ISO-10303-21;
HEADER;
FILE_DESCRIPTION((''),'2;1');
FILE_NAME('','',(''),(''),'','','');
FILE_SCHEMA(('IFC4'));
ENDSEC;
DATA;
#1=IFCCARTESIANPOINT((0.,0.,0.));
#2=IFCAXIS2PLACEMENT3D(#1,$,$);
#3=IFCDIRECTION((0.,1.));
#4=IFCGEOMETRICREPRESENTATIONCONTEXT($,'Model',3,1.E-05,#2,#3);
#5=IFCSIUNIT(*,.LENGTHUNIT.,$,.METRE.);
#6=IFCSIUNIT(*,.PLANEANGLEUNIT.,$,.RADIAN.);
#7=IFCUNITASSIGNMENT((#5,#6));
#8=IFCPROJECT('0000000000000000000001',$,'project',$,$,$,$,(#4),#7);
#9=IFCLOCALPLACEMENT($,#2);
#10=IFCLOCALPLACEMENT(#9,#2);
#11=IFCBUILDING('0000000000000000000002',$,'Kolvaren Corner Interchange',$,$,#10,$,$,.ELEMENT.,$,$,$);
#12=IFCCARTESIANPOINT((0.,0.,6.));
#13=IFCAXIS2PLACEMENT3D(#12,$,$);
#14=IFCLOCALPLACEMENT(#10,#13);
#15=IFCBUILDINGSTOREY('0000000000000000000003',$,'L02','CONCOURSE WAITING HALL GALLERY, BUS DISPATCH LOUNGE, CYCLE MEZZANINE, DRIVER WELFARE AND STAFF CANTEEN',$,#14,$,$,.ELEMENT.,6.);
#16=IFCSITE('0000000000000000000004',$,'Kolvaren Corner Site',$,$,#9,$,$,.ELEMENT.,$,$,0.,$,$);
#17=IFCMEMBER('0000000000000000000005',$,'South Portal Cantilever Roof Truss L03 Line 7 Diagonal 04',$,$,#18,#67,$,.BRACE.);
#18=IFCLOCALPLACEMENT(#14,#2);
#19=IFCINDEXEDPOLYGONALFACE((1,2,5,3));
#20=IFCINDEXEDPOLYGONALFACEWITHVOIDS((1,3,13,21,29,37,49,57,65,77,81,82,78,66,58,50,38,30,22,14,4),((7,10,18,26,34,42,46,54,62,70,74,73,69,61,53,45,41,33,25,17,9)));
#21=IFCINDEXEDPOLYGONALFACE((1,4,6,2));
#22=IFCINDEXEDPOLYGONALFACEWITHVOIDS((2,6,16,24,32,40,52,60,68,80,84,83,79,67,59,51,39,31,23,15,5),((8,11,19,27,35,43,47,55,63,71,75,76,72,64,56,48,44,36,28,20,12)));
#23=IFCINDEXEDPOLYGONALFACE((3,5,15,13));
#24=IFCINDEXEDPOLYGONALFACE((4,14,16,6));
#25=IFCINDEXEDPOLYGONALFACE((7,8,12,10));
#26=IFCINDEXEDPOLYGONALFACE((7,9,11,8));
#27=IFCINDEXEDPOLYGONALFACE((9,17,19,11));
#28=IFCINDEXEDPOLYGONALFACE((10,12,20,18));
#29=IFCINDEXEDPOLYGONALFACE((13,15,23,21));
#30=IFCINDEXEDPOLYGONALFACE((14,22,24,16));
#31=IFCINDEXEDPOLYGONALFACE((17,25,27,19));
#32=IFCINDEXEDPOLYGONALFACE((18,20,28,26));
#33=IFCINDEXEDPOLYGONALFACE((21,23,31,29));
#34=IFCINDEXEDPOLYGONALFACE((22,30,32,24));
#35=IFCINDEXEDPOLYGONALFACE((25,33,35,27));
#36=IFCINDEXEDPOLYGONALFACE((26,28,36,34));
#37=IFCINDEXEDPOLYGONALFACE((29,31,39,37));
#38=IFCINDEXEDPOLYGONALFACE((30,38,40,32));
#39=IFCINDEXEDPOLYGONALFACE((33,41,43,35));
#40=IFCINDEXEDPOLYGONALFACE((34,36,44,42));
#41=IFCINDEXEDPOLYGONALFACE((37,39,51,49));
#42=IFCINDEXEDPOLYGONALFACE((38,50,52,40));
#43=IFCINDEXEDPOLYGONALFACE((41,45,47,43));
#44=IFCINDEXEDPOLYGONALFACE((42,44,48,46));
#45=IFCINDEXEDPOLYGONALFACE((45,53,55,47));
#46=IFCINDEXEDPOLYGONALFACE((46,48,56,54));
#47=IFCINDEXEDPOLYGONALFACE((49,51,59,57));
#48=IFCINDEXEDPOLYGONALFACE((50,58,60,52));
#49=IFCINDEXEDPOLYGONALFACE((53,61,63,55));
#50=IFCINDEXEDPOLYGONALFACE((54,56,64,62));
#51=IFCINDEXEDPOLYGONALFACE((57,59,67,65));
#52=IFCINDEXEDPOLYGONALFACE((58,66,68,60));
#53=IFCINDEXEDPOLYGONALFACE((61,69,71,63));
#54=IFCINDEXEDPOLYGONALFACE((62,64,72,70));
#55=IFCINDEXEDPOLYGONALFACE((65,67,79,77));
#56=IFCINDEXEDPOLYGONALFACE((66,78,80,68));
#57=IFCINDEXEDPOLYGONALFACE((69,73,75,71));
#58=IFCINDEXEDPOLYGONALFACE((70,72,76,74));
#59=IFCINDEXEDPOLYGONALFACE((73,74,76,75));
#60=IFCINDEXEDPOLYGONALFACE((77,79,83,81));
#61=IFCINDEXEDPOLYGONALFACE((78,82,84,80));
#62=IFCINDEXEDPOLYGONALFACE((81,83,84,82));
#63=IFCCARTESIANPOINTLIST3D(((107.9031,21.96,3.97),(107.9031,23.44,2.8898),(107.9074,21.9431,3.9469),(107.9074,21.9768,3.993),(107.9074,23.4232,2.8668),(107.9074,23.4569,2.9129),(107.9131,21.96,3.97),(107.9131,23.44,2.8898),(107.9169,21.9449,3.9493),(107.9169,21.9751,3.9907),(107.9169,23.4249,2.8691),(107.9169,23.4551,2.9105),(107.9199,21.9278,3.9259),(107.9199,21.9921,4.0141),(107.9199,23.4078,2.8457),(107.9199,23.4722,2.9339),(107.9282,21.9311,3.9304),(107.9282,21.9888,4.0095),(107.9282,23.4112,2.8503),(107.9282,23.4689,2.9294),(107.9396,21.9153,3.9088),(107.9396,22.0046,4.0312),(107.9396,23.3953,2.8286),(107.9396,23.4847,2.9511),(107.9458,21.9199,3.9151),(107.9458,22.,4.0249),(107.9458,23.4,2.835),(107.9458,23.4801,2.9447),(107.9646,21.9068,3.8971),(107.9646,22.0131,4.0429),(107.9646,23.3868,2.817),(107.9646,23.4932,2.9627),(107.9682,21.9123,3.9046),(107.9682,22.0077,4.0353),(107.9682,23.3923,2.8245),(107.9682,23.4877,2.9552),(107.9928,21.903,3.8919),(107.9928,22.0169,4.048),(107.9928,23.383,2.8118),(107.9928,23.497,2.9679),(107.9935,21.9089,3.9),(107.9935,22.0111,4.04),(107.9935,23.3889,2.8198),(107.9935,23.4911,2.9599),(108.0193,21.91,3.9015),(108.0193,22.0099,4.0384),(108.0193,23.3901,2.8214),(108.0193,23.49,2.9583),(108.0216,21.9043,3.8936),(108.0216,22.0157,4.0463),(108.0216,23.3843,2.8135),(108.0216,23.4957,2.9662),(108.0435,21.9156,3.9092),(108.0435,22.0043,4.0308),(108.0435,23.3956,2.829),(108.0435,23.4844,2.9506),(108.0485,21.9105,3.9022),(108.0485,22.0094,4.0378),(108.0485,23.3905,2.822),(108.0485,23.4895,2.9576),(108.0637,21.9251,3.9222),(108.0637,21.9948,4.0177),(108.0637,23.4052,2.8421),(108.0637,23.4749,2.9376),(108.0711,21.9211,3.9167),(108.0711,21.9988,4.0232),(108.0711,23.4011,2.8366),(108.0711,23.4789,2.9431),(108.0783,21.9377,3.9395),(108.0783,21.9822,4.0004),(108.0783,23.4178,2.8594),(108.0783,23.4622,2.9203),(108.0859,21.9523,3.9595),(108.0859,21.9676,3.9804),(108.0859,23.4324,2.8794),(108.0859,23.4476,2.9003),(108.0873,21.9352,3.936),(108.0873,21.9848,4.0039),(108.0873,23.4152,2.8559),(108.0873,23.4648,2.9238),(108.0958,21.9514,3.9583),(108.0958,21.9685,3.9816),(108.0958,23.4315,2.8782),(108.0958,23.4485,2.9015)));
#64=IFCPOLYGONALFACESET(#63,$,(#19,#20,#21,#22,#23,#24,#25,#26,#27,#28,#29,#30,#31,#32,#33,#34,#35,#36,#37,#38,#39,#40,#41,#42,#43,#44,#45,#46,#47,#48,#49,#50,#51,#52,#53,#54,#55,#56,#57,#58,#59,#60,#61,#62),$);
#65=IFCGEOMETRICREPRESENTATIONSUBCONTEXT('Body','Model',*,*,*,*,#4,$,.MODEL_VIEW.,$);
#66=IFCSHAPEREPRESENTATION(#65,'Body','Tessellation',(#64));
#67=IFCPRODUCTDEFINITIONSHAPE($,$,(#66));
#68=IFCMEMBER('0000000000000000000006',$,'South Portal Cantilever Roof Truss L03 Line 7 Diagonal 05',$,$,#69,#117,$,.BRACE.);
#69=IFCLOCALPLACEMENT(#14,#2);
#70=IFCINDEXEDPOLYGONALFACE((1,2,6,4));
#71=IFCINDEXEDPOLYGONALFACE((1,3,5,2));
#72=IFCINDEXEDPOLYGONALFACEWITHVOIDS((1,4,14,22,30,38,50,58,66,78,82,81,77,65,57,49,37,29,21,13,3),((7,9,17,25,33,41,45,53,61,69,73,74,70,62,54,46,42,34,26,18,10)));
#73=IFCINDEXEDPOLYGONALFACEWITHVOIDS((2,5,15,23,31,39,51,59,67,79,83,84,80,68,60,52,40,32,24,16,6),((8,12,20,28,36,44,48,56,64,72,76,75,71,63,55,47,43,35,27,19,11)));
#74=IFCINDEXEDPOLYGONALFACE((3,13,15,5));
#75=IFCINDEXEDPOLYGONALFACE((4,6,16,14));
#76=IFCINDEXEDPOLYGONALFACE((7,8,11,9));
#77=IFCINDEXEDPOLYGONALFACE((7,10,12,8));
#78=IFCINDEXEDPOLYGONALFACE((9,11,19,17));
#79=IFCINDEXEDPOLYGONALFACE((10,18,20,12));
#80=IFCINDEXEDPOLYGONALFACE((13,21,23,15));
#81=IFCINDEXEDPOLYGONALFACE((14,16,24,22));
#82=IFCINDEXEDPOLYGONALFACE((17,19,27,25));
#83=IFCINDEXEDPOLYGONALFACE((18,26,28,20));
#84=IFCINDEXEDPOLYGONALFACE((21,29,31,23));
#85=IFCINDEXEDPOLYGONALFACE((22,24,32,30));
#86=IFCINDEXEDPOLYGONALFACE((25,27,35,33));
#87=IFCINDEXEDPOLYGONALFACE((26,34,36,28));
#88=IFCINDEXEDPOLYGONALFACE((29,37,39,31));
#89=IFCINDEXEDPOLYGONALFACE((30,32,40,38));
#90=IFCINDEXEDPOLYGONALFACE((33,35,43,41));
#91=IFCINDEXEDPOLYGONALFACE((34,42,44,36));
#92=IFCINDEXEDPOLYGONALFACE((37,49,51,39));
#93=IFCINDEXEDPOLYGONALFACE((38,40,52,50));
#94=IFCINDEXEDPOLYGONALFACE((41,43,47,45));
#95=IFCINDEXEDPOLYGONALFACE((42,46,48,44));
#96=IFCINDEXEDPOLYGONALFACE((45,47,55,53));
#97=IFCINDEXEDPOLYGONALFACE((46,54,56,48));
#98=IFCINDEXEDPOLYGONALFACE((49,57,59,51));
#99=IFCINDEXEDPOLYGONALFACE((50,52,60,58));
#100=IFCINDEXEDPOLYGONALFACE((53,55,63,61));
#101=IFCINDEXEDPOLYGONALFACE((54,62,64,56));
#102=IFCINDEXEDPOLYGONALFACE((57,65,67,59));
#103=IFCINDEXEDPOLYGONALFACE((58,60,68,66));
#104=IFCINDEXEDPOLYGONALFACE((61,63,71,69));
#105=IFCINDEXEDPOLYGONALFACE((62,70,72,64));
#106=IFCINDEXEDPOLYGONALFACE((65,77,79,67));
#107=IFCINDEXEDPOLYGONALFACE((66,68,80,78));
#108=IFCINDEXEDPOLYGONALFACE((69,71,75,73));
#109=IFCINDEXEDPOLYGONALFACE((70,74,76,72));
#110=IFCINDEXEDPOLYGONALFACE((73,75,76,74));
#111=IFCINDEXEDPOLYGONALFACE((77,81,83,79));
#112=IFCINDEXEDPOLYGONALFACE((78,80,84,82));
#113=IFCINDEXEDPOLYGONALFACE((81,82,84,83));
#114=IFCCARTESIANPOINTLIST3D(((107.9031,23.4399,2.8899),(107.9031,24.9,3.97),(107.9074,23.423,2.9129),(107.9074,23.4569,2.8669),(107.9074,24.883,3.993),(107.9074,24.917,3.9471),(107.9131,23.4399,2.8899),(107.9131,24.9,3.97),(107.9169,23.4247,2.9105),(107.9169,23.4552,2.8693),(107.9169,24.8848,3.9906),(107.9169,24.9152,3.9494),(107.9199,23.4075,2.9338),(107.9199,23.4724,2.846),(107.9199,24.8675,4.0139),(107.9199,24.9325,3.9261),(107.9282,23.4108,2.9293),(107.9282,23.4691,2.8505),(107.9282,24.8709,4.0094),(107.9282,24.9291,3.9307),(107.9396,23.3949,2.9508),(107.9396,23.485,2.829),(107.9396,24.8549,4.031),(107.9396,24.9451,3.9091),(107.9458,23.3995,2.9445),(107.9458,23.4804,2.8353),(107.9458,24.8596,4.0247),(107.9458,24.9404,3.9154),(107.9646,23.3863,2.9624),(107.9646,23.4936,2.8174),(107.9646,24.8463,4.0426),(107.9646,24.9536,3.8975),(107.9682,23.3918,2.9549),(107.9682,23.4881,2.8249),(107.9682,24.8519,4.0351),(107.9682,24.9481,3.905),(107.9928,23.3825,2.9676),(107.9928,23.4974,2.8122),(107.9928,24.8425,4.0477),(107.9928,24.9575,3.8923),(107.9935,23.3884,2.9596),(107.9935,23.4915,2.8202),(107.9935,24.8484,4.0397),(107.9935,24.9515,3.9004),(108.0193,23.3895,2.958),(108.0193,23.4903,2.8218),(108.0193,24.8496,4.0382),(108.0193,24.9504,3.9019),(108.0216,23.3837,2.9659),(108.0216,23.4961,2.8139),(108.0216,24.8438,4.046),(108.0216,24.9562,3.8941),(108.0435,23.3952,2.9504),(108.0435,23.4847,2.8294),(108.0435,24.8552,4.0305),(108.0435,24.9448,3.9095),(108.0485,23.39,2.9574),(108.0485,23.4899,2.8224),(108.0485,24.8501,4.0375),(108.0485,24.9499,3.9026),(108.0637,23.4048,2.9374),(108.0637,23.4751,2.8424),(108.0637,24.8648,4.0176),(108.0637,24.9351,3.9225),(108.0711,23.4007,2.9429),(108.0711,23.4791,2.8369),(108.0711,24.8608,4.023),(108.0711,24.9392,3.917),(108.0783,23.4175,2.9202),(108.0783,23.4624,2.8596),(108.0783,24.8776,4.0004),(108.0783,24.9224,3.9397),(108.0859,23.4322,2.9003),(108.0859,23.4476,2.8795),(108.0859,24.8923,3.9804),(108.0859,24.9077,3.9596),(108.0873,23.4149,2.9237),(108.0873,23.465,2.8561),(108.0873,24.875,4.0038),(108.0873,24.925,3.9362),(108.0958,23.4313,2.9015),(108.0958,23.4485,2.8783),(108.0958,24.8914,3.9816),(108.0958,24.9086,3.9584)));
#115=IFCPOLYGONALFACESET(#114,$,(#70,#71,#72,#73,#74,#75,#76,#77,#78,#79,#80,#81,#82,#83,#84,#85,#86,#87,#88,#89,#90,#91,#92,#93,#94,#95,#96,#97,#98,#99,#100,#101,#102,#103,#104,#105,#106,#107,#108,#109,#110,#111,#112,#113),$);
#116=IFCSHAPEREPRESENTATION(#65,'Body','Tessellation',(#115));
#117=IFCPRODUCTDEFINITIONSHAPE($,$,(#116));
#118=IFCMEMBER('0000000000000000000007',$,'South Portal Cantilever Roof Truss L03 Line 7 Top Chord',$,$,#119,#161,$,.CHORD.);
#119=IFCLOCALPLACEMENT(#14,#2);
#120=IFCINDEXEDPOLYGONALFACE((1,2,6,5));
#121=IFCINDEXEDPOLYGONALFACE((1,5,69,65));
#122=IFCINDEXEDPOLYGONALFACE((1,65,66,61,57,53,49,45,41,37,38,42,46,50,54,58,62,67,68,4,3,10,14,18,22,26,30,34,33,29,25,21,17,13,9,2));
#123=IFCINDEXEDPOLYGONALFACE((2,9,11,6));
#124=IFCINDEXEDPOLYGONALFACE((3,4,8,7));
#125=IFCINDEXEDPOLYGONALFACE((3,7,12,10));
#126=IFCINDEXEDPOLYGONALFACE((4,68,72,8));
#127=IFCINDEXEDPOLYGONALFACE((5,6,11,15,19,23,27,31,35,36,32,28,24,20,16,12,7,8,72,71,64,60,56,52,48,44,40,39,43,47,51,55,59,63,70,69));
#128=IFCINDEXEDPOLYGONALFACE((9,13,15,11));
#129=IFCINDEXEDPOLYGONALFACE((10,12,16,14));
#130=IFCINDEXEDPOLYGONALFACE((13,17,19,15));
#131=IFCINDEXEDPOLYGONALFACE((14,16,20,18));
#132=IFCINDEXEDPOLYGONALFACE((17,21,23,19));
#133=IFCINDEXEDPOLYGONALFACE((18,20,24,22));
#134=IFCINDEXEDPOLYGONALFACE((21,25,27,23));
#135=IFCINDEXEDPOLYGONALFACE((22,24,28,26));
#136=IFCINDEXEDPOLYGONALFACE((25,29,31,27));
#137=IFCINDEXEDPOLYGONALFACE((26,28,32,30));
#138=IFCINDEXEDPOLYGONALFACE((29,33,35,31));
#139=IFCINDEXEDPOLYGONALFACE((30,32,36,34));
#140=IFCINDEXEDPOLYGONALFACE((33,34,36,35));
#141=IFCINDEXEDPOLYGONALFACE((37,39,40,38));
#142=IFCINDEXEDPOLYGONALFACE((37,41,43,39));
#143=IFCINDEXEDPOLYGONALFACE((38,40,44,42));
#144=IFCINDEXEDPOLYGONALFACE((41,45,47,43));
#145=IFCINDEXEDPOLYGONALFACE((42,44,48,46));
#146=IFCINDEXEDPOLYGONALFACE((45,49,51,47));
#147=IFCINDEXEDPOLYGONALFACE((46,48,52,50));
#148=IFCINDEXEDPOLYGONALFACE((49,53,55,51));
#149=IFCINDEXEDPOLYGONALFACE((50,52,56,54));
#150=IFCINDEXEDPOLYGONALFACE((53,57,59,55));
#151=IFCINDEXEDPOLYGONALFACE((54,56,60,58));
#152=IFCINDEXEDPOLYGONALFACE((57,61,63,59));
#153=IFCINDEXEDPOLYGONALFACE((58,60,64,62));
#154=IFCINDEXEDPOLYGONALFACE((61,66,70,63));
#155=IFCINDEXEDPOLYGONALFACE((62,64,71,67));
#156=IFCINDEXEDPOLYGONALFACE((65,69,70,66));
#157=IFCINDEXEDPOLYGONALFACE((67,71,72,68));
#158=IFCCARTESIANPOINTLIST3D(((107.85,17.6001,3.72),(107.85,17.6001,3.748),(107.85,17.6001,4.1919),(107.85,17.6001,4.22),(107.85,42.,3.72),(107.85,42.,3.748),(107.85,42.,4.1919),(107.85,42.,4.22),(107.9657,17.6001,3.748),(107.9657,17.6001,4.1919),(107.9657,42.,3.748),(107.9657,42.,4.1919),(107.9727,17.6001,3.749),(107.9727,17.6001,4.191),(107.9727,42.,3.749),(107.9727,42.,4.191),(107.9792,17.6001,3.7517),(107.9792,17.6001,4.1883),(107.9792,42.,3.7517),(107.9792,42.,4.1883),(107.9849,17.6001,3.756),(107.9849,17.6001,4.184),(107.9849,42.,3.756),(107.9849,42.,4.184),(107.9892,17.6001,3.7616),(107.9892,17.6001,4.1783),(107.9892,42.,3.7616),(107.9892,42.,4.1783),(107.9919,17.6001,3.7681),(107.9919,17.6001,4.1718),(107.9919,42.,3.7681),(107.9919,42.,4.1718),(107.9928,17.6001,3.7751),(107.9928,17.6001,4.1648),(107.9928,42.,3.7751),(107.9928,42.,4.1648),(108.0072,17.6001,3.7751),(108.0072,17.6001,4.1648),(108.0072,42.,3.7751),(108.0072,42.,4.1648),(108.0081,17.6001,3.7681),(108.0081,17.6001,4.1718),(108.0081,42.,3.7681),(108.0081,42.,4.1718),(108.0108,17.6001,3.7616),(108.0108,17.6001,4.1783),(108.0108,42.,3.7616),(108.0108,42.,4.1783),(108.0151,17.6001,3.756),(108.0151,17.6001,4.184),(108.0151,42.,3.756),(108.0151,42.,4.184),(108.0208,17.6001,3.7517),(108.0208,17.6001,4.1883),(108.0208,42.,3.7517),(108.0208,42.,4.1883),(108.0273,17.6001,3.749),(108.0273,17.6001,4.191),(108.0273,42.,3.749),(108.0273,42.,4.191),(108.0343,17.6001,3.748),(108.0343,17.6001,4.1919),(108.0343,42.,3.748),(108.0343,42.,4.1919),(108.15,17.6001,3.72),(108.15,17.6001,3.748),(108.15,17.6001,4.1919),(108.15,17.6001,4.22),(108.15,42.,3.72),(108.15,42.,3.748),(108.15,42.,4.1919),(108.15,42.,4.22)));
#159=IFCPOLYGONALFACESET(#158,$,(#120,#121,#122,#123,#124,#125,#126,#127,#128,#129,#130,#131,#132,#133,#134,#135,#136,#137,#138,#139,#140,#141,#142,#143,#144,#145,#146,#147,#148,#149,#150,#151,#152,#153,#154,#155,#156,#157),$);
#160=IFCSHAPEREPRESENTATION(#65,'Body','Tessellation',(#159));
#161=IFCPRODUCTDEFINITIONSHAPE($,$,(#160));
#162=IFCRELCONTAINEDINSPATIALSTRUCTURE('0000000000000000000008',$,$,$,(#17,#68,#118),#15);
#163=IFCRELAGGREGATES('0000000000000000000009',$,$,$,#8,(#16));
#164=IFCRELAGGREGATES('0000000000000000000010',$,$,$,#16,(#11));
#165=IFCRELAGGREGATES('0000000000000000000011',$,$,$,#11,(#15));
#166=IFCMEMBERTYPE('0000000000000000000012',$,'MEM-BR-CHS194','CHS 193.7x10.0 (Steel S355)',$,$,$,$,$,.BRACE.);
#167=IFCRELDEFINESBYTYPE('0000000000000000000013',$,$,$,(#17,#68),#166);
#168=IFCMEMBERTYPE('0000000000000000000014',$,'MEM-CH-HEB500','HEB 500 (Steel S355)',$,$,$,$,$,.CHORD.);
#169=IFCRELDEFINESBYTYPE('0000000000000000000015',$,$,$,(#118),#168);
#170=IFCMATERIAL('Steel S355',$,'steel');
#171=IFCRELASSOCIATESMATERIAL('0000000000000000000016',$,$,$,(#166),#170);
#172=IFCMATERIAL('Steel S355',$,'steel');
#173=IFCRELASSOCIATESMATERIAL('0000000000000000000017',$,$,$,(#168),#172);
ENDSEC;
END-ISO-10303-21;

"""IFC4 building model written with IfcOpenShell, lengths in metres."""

from ifc_helpers import new_model, si_unit, direction, frame, origin, origin_2d, place, context, subcontext, project, spatial, hollow_circle, i_section, extrude, material, material_profile, profile_set, type_object, element, save


model = new_model("IFC4")

# Units and contexts
model_context = context("Model", 3, precision=1e-05, world=origin(), true_north=direction((0.0, 1.0)))
body_context = subcontext(model_context, "Body", "Model", "MODEL_VIEW")
ifc_project = project(units=[si_unit("LENGTHUNIT", "METRE"), si_unit("PLANEANGLEUNIT", "RADIAN")], contexts=[model_context])

# Site, building, storey
site_placement = place(None, origin())
site = spatial("IfcSite", under=ifc_project, at=site_placement, Name="Kolvaren Corner Site", CompositionType="ELEMENT", RefElevation=0.0)
building_placement = place(site_placement, origin())
building = spatial("IfcBuilding", under=site, at=building_placement, Name="Kolvaren Corner Interchange", CompositionType="ELEMENT")
storey_placement = place(building_placement, frame((0.0, 0.0, 6.0)))
storey = spatial("IfcBuildingStorey", under=building, at=storey_placement, Name="L02", Description="CONCOURSE WAITING HALL GALLERY, BUS DISPATCH LOUNGE, CYCLE MEZZANINE, DRIVER WELFARE AND STAFF CANTEEN", CompositionType="ELEMENT", Elevation=6.0)

# Members
ifc_material_1 = material(Name="Steel S355", Category="steel")
ifc_material_profile_1 = material_profile(ifc_material_1, hollow_circle(Radius=0.0969, WallThickness=0.01, at=origin_2d()), Name="CHS 193.7x10.0")
ifc_profile_set_1 = profile_set([ifc_material_profile_1], Name="Steel S355")
member_type_1 = type_object("IfcMemberType", Name="MEM-BR-CHS194", Description="CHS 193.7x10.0 (Steel S355)", PredefinedType="BRACE", material=ifc_profile_set_1)
for number, where, z_axis, x_axis, name in (
    (1, (108.0, 21.96, 3.97), (0.0, 0.807767, -0.589502), (-1.0, 0.0, 0.0), "South Portal Cantilever Roof Truss L03 Line 7 Diagonal 04"),
):
    element("IfcMember", number, at=place(storey_placement, frame(where, z_axis=z_axis, x_axis=x_axis)), inside=storey, type_object=member_type_1, Name=name, PredefinedType="BRACE", context=body_context, shape_type="SweptSolid", body=[
        extrude(hollow_circle(Radius=0.0969, WallThickness=0.01, at=origin_2d()), origin(), (0.0, 0.0, 1.0), 1.8323),
    ])
member_1_placement = place(storey_placement, frame((108.0, 23.4399, 2.8899), z_axis=(0.0, 0.803919, 0.594739), x_axis=(-1.0, 0.0, 0.0)))
element("IfcMember", 2, at=member_1_placement, inside=storey, type_object=member_type_1, Name="South Portal Cantilever Roof Truss L03 Line 7 Diagonal 05", PredefinedType="BRACE", context=body_context, shape_type="SweptSolid", body=[
    extrude(hollow_circle(Radius=0.0969, WallThickness=0.01, at=origin_2d()), origin(), (0.0, 0.0, 1.0), 1.8162),
])
ifc_material_2 = material(Name="Steel S355", Category="steel")
ifc_material_profile_2 = material_profile(ifc_material_2, i_section(OverallWidth=0.3, OverallDepth=0.5, WebThickness=0.0144, FlangeThickness=0.0281, FilletRadius=0.0271, at=origin_2d()), Name="HEB 500")
ifc_profile_set_2 = profile_set([ifc_material_profile_2], Name="Steel S355")
member_type_2 = type_object("IfcMemberType", Name="MEM-CH-HEB500", Description="HEB 500 (Steel S355)", PredefinedType="CHORD", material=ifc_profile_set_2)
for number, where, z_axis, x_axis, name in (
    (3, (108.0, 17.6001, 3.97), (0.0, 1.0, 0.0), (-1.0, 0.0, 0.0), "South Portal Cantilever Roof Truss L03 Line 7 Top Chord"),
):
    element("IfcMember", number, at=place(storey_placement, frame(where, z_axis=z_axis, x_axis=x_axis)), inside=storey, type_object=member_type_2, Name=name, PredefinedType="CHORD", context=body_context, shape_type="SweptSolid", body=[
        extrude(i_section(OverallWidth=0.3, OverallDepth=0.5, WebThickness=0.0144, FlangeThickness=0.0281, FilletRadius=0.0271, at=origin_2d()), origin(), (0.0, 0.0, 1.0), 24.3999),
    ])

save(model, "model.ifc")
